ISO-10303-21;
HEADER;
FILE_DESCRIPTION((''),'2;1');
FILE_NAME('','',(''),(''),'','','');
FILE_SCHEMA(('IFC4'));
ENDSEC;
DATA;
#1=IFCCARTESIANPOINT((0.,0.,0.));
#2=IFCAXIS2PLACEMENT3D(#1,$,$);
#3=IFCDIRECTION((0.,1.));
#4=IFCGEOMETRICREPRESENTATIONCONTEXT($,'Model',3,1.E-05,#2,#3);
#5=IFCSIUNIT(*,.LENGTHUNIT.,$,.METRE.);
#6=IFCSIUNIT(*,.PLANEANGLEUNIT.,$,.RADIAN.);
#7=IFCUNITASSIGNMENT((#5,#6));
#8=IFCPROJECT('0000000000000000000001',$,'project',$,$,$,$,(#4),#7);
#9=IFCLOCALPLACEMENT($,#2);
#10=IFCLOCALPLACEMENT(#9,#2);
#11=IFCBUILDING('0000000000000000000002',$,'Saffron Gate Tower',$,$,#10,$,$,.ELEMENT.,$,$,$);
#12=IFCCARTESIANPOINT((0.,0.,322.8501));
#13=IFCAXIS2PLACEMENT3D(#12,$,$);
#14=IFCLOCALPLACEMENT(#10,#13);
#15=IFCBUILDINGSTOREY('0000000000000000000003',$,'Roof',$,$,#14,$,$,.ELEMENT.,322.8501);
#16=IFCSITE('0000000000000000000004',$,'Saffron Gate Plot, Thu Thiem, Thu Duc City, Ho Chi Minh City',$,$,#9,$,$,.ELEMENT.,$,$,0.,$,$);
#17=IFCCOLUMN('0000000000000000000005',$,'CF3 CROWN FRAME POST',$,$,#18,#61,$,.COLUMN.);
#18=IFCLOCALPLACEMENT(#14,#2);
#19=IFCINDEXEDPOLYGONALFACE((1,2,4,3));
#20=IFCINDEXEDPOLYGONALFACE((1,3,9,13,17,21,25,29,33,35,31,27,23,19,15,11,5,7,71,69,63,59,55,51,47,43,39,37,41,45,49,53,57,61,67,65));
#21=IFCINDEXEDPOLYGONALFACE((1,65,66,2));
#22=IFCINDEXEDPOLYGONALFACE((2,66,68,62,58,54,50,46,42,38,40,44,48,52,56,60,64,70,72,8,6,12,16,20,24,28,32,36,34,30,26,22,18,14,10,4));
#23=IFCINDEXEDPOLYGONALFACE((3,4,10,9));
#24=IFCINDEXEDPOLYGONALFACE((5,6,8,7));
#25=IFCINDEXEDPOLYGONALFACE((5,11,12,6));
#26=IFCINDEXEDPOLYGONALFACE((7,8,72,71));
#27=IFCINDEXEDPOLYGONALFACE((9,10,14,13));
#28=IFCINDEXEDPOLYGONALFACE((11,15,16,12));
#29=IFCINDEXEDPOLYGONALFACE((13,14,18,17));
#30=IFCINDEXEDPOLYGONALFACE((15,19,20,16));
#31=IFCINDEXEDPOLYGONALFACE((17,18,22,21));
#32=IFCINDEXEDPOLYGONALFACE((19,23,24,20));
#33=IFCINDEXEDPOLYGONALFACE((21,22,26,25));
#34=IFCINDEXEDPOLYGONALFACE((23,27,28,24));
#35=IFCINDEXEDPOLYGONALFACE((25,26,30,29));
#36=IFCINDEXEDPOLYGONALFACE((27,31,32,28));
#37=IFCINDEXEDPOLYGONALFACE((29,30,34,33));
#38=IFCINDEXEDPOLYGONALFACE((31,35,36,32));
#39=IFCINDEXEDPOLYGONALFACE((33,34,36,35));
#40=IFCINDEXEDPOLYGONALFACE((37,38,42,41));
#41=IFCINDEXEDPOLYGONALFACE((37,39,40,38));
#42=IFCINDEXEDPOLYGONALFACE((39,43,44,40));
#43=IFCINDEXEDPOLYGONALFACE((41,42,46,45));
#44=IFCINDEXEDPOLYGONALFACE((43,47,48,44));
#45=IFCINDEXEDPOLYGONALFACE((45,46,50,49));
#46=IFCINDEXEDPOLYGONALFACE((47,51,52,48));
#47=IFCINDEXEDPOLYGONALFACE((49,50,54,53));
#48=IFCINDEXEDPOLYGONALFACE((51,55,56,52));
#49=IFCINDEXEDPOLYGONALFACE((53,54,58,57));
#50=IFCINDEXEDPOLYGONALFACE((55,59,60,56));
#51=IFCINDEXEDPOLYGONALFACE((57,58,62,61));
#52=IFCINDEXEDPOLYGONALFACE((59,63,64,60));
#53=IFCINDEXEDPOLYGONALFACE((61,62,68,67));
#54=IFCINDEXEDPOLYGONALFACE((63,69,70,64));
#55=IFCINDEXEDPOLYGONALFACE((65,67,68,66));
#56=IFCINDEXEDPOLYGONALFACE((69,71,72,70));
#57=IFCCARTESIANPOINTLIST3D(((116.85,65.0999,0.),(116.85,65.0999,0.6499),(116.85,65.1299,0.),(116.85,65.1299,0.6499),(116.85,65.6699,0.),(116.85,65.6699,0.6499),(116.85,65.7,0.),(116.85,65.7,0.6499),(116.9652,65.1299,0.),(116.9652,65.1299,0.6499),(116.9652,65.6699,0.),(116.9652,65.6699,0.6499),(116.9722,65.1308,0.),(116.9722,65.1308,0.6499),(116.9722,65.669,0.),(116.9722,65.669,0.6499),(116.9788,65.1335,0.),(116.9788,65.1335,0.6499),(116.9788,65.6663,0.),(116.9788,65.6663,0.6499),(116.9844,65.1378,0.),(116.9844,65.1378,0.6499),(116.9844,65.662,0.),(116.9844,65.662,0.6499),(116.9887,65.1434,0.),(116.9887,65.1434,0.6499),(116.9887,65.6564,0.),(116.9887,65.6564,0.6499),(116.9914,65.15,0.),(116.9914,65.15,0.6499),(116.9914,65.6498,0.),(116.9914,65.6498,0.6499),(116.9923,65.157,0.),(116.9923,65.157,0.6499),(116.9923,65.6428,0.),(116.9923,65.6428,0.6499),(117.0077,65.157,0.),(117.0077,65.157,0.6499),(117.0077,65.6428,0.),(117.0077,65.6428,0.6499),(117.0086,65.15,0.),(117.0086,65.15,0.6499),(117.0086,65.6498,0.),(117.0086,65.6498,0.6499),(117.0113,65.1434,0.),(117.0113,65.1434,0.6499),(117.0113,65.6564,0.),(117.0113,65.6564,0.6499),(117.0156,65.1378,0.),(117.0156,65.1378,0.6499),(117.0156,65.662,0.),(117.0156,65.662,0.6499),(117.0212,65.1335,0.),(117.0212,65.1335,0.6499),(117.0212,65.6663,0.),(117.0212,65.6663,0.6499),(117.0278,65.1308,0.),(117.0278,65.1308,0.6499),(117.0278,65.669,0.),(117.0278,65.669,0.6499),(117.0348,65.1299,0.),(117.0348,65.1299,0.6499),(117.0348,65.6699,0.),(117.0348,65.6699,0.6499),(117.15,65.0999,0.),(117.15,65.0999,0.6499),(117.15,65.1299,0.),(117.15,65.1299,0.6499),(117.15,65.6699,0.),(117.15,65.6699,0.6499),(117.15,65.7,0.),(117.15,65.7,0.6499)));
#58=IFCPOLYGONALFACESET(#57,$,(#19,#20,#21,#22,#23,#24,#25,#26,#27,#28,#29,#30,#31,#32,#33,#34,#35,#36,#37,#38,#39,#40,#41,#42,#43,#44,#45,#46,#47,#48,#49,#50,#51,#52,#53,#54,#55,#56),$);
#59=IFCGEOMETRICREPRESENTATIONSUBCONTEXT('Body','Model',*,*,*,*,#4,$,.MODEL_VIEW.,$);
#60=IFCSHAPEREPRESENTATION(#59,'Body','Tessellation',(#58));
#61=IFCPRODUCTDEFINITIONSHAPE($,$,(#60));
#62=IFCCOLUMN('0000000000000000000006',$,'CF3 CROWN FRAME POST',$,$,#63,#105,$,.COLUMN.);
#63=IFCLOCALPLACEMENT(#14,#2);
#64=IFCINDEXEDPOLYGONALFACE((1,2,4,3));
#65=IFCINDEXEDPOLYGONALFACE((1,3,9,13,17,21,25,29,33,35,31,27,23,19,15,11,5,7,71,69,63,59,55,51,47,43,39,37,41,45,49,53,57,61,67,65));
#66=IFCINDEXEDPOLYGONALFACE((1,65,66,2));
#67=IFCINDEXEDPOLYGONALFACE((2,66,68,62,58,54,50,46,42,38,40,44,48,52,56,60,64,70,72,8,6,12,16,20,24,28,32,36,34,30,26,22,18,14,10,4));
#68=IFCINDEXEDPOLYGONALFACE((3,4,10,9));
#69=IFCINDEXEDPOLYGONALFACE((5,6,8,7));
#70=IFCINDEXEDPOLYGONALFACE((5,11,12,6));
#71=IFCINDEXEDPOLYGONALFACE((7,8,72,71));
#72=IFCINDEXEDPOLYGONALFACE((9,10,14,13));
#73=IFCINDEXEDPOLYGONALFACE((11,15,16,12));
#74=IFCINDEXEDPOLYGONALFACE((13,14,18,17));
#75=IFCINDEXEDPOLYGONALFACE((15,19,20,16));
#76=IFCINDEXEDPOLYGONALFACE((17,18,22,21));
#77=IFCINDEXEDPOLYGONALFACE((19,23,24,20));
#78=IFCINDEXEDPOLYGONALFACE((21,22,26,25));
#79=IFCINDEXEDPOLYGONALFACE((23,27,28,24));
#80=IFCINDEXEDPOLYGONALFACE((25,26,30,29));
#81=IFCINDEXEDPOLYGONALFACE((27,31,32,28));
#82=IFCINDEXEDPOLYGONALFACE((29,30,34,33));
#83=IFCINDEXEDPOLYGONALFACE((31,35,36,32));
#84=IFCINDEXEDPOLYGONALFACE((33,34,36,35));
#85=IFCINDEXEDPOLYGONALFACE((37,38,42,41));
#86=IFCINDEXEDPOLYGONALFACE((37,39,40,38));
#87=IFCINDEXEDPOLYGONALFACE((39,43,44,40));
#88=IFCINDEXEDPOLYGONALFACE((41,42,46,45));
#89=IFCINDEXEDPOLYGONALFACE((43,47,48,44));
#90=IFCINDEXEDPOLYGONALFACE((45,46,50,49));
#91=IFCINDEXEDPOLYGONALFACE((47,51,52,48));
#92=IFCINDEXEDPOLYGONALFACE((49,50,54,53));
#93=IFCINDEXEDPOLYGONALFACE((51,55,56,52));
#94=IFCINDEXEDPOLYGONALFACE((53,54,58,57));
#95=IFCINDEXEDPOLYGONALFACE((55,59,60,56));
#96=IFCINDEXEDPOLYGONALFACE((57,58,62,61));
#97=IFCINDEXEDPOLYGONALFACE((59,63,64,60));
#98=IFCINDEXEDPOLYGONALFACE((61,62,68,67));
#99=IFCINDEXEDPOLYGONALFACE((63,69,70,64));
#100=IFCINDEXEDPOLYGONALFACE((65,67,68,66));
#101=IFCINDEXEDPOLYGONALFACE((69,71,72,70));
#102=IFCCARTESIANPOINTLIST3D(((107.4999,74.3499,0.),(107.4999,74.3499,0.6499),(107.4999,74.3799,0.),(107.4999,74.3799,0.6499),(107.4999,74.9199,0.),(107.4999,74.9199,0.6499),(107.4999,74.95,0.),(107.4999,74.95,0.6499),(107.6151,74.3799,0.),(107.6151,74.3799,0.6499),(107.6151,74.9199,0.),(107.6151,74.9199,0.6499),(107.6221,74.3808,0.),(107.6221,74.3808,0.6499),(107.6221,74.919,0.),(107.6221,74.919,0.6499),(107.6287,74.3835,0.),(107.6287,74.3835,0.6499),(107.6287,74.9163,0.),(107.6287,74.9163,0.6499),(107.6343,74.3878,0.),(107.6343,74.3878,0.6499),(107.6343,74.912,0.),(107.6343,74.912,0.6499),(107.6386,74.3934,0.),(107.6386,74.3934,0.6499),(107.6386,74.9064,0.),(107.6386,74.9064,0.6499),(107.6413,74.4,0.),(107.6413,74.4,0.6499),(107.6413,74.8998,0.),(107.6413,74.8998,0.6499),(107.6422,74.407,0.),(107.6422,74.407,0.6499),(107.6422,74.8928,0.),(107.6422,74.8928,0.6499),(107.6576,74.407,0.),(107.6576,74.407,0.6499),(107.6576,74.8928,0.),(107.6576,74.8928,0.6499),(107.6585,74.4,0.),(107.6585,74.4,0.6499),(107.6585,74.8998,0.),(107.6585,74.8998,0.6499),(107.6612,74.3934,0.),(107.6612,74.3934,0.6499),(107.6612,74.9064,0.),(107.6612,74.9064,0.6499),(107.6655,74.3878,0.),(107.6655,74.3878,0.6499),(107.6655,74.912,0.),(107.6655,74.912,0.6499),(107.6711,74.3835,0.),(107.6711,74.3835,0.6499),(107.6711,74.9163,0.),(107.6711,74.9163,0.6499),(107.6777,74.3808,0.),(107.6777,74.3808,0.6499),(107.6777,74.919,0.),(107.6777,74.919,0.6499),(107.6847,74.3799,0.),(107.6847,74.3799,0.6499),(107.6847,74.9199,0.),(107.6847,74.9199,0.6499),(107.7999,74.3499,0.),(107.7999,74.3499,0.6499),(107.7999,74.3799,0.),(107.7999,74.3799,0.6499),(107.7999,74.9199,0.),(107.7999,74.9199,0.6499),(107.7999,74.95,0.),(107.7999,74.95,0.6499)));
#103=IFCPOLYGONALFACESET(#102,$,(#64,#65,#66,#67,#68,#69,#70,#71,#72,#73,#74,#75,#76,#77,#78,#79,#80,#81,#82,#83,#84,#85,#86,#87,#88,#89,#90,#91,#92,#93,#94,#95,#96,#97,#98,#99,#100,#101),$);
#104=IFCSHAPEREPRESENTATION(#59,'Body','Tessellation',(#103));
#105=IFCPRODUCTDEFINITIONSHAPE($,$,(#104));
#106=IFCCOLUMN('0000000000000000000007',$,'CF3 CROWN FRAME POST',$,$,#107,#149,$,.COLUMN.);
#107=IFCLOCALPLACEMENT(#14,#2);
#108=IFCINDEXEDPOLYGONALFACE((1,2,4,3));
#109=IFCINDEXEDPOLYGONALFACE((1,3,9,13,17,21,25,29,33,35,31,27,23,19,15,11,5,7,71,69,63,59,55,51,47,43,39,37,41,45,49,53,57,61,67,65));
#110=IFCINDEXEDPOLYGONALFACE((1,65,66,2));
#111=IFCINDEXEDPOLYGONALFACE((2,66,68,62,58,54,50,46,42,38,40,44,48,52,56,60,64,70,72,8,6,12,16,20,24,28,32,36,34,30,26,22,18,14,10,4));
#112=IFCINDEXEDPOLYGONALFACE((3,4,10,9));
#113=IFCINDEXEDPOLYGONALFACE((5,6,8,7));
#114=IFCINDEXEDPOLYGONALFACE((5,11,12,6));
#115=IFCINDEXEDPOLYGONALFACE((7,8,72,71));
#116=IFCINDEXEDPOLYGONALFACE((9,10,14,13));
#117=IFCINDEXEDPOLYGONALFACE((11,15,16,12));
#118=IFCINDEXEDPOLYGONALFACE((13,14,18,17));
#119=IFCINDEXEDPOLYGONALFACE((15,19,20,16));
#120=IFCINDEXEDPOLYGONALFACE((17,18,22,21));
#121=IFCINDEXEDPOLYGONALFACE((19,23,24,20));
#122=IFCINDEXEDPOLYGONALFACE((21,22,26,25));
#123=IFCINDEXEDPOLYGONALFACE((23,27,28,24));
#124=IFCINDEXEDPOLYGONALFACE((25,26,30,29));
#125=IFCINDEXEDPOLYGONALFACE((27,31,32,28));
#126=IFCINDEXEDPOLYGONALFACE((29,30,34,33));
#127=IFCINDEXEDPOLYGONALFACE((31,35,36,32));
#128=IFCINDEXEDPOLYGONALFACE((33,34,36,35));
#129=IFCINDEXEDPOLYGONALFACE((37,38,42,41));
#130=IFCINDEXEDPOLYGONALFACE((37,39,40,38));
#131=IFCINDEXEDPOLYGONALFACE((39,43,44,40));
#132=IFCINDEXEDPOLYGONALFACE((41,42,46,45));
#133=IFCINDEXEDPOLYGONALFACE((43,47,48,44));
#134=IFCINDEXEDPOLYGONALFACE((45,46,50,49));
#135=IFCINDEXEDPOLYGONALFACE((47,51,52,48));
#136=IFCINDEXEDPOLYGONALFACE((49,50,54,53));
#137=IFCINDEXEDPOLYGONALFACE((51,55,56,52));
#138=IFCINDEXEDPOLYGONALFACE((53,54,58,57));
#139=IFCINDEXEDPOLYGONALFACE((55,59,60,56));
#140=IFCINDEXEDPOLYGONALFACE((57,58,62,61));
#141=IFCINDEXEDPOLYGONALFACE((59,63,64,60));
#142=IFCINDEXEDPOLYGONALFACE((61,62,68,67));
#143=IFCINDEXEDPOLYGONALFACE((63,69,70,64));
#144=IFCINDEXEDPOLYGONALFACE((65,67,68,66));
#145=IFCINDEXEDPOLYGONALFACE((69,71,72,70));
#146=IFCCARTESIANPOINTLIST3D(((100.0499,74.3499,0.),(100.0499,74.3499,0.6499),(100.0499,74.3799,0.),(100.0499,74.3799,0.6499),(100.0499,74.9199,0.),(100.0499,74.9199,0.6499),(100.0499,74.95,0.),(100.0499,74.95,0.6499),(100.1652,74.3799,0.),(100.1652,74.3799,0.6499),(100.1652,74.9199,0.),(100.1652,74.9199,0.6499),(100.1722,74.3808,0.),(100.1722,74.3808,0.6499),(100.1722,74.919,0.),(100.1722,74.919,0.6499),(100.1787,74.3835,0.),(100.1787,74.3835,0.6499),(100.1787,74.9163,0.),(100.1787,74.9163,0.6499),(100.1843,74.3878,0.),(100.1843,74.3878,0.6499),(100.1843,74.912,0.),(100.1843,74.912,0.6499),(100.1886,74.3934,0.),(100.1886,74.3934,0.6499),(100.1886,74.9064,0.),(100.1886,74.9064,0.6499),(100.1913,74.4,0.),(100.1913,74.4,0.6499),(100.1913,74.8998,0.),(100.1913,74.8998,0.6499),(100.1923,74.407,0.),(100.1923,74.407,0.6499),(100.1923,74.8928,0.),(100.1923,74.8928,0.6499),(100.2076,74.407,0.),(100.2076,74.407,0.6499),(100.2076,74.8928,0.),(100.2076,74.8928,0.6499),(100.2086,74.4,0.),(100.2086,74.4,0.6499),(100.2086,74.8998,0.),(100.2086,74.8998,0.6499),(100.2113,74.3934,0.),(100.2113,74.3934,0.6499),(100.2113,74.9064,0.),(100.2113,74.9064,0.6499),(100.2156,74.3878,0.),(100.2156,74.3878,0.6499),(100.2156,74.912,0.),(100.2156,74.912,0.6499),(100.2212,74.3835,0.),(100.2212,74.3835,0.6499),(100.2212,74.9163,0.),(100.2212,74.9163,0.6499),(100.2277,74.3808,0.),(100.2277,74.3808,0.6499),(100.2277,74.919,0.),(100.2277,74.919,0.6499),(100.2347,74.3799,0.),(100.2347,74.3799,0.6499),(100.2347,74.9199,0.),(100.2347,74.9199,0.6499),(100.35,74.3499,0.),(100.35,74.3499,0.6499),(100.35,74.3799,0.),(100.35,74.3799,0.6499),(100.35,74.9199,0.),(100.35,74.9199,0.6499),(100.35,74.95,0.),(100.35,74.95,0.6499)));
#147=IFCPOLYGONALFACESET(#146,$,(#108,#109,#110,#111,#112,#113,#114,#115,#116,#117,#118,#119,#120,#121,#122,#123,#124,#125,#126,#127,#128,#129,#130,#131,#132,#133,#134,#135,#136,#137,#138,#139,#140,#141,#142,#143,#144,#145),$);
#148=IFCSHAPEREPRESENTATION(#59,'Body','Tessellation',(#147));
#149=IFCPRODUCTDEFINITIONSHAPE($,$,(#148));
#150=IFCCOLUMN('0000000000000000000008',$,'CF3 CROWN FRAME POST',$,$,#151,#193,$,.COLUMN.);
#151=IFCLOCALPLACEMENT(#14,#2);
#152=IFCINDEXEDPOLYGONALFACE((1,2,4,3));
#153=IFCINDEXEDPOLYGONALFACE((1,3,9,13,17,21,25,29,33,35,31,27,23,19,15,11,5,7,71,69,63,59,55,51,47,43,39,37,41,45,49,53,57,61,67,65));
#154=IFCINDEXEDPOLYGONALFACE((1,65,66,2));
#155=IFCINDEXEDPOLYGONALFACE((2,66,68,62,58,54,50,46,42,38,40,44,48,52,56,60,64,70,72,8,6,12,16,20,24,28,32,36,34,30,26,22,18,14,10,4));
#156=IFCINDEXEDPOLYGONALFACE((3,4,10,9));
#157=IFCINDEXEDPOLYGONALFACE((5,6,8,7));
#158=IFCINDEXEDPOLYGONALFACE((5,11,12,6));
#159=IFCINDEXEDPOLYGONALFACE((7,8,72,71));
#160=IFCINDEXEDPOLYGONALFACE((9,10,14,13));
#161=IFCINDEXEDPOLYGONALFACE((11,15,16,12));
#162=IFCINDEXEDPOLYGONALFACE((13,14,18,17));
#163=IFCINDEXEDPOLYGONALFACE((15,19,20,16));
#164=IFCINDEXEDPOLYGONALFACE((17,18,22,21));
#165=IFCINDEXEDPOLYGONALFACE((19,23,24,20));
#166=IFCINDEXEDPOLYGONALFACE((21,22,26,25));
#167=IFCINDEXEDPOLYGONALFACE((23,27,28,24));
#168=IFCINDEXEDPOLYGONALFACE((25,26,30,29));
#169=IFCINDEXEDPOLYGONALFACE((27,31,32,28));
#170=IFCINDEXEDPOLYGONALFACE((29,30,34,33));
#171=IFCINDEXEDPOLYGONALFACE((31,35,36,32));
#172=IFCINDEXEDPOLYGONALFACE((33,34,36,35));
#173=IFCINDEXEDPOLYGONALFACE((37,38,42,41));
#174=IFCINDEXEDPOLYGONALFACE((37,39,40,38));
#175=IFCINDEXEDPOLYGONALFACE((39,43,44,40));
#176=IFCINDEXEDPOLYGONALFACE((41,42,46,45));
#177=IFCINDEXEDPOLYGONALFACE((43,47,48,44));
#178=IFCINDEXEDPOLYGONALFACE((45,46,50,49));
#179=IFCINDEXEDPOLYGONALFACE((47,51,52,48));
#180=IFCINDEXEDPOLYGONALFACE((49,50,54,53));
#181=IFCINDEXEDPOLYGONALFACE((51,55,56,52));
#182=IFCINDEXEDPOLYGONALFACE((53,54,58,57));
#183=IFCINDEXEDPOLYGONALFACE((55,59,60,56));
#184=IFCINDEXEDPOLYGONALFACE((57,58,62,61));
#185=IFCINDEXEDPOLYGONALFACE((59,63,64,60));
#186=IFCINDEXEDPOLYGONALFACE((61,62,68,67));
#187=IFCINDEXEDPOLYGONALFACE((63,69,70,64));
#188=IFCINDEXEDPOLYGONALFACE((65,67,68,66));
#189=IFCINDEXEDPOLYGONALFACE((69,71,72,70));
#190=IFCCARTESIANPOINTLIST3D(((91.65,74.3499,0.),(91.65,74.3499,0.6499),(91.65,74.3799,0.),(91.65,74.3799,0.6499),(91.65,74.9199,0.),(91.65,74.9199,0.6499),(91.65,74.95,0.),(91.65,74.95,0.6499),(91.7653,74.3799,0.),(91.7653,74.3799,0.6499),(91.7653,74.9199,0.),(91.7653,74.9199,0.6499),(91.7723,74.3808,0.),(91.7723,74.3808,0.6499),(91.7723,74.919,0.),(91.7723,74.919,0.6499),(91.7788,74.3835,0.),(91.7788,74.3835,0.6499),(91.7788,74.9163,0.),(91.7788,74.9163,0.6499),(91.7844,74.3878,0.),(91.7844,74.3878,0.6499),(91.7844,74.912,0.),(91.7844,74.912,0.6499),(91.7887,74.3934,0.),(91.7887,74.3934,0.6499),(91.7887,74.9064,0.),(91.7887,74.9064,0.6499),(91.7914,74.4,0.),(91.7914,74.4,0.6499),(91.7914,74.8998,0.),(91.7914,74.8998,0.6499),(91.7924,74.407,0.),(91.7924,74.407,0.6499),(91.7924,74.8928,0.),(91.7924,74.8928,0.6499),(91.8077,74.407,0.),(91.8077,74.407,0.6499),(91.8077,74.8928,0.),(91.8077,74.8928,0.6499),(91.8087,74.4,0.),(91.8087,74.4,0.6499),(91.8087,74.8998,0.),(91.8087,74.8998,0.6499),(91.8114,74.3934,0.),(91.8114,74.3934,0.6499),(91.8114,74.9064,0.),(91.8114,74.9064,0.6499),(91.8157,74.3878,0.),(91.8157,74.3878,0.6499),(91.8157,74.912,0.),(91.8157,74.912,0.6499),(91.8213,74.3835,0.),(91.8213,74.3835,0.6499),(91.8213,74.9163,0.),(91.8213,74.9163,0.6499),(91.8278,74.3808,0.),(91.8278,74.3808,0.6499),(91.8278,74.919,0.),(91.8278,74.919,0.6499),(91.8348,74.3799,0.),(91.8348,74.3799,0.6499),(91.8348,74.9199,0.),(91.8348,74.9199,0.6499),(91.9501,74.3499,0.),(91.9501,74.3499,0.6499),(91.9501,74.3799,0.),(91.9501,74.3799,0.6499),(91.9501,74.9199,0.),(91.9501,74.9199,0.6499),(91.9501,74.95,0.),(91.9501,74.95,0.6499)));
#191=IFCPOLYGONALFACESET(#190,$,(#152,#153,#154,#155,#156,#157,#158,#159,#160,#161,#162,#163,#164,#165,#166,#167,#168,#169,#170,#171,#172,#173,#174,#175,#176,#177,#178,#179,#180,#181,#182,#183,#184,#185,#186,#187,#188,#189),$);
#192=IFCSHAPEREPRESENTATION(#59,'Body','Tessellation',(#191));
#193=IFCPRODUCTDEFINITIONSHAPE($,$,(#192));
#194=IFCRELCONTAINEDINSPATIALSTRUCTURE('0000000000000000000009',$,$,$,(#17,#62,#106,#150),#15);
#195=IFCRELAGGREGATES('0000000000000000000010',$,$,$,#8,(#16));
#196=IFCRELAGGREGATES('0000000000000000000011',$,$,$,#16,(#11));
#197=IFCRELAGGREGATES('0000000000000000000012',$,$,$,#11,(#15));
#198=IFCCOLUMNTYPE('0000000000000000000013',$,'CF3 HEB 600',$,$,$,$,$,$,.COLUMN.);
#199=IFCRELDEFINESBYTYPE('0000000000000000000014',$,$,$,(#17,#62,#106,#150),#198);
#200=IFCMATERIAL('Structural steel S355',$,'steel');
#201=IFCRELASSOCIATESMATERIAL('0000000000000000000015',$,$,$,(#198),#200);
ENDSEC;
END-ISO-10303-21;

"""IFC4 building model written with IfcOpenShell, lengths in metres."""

from ifc_helpers import new_model, si_unit, direction, frame, origin, origin_2d, place, context, subcontext, project, spatial, i_section, extrude, material, material_profile, profile_set, type_object, element, save


model = new_model("IFC4")

# Units and contexts
model_context = context("Model", 3, precision=1e-05, world=origin(), true_north=direction((0.0, 1.0)))
body_context = subcontext(model_context, "Body", "Model", "MODEL_VIEW")
ifc_project = project(units=[si_unit("LENGTHUNIT", "METRE"), si_unit("PLANEANGLEUNIT", "RADIAN")], contexts=[model_context])

# Site, building, storey
site_placement = place(None, origin())
site = spatial("IfcSite", under=ifc_project, at=site_placement, Name="Saffron Gate Plot, Thu Thiem, Thu Duc City, Ho Chi Minh City", CompositionType="ELEMENT", RefElevation=0.0)
building_placement = place(site_placement, origin())
building = spatial("IfcBuilding", under=site, at=building_placement, Name="Saffron Gate Tower", CompositionType="ELEMENT")
storey_placement = place(building_placement, frame((0.0, 0.0, 322.8501)))
storey = spatial("IfcBuildingStorey", under=building, at=storey_placement, Name="Roof", CompositionType="ELEMENT", Elevation=322.8501)

# Columns
ifc_material_1 = material(Name="Structural steel S355", Category="steel")
ifc_material_profile = material_profile(ifc_material_1, i_section(OverallWidth=0.3, OverallDepth=0.6001, WebThickness=0.0154, FlangeThickness=0.03, FilletRadius=0.0271, at=origin_2d()))
ifc_profile_set = profile_set([ifc_material_profile], Name="Structural steel S355")
column_type = type_object("IfcColumnType", Name="CF3 HEB 600", PredefinedType="COLUMN", material=ifc_profile_set)
for number, where, z_axis, x_axis, name in (
    (1, (117.0, 65.3999, 0.0), (0.0, 0.0, 1.0), (1.0, 0.0, 0.0), "CF3 CROWN FRAME POST"),
    (2, (107.6499, 74.6499, 0.0), (0.0, 0.0, 1.0), (1.0, 0.0, 0.0), "CF3 CROWN FRAME POST"),
    (3, (100.2, 74.6499, 0.0), (0.0, 0.0, 1.0), (1.0, 0.0, 0.0), "CF3 CROWN FRAME POST"),
    (4, (91.8, 74.6499, 0.0), (0.0, 0.0, 1.0), (1.0, 0.0, 0.0), "CF3 CROWN FRAME POST"),
):
    element("IfcColumn", number, at=place(storey_placement, frame(where, z_axis=z_axis, x_axis=x_axis)), inside=storey, type_object=column_type, Name=name, PredefinedType="COLUMN", context=body_context, shape_type="SweptSolid", body=[
        extrude(i_section(OverallWidth=0.3, OverallDepth=0.6001, WebThickness=0.0154, FlangeThickness=0.03, FilletRadius=0.0271, at=origin_2d()), origin(), (0.0, 0.0, 1.0), 0.6499),
    ])

save(model, "model.ifc")
